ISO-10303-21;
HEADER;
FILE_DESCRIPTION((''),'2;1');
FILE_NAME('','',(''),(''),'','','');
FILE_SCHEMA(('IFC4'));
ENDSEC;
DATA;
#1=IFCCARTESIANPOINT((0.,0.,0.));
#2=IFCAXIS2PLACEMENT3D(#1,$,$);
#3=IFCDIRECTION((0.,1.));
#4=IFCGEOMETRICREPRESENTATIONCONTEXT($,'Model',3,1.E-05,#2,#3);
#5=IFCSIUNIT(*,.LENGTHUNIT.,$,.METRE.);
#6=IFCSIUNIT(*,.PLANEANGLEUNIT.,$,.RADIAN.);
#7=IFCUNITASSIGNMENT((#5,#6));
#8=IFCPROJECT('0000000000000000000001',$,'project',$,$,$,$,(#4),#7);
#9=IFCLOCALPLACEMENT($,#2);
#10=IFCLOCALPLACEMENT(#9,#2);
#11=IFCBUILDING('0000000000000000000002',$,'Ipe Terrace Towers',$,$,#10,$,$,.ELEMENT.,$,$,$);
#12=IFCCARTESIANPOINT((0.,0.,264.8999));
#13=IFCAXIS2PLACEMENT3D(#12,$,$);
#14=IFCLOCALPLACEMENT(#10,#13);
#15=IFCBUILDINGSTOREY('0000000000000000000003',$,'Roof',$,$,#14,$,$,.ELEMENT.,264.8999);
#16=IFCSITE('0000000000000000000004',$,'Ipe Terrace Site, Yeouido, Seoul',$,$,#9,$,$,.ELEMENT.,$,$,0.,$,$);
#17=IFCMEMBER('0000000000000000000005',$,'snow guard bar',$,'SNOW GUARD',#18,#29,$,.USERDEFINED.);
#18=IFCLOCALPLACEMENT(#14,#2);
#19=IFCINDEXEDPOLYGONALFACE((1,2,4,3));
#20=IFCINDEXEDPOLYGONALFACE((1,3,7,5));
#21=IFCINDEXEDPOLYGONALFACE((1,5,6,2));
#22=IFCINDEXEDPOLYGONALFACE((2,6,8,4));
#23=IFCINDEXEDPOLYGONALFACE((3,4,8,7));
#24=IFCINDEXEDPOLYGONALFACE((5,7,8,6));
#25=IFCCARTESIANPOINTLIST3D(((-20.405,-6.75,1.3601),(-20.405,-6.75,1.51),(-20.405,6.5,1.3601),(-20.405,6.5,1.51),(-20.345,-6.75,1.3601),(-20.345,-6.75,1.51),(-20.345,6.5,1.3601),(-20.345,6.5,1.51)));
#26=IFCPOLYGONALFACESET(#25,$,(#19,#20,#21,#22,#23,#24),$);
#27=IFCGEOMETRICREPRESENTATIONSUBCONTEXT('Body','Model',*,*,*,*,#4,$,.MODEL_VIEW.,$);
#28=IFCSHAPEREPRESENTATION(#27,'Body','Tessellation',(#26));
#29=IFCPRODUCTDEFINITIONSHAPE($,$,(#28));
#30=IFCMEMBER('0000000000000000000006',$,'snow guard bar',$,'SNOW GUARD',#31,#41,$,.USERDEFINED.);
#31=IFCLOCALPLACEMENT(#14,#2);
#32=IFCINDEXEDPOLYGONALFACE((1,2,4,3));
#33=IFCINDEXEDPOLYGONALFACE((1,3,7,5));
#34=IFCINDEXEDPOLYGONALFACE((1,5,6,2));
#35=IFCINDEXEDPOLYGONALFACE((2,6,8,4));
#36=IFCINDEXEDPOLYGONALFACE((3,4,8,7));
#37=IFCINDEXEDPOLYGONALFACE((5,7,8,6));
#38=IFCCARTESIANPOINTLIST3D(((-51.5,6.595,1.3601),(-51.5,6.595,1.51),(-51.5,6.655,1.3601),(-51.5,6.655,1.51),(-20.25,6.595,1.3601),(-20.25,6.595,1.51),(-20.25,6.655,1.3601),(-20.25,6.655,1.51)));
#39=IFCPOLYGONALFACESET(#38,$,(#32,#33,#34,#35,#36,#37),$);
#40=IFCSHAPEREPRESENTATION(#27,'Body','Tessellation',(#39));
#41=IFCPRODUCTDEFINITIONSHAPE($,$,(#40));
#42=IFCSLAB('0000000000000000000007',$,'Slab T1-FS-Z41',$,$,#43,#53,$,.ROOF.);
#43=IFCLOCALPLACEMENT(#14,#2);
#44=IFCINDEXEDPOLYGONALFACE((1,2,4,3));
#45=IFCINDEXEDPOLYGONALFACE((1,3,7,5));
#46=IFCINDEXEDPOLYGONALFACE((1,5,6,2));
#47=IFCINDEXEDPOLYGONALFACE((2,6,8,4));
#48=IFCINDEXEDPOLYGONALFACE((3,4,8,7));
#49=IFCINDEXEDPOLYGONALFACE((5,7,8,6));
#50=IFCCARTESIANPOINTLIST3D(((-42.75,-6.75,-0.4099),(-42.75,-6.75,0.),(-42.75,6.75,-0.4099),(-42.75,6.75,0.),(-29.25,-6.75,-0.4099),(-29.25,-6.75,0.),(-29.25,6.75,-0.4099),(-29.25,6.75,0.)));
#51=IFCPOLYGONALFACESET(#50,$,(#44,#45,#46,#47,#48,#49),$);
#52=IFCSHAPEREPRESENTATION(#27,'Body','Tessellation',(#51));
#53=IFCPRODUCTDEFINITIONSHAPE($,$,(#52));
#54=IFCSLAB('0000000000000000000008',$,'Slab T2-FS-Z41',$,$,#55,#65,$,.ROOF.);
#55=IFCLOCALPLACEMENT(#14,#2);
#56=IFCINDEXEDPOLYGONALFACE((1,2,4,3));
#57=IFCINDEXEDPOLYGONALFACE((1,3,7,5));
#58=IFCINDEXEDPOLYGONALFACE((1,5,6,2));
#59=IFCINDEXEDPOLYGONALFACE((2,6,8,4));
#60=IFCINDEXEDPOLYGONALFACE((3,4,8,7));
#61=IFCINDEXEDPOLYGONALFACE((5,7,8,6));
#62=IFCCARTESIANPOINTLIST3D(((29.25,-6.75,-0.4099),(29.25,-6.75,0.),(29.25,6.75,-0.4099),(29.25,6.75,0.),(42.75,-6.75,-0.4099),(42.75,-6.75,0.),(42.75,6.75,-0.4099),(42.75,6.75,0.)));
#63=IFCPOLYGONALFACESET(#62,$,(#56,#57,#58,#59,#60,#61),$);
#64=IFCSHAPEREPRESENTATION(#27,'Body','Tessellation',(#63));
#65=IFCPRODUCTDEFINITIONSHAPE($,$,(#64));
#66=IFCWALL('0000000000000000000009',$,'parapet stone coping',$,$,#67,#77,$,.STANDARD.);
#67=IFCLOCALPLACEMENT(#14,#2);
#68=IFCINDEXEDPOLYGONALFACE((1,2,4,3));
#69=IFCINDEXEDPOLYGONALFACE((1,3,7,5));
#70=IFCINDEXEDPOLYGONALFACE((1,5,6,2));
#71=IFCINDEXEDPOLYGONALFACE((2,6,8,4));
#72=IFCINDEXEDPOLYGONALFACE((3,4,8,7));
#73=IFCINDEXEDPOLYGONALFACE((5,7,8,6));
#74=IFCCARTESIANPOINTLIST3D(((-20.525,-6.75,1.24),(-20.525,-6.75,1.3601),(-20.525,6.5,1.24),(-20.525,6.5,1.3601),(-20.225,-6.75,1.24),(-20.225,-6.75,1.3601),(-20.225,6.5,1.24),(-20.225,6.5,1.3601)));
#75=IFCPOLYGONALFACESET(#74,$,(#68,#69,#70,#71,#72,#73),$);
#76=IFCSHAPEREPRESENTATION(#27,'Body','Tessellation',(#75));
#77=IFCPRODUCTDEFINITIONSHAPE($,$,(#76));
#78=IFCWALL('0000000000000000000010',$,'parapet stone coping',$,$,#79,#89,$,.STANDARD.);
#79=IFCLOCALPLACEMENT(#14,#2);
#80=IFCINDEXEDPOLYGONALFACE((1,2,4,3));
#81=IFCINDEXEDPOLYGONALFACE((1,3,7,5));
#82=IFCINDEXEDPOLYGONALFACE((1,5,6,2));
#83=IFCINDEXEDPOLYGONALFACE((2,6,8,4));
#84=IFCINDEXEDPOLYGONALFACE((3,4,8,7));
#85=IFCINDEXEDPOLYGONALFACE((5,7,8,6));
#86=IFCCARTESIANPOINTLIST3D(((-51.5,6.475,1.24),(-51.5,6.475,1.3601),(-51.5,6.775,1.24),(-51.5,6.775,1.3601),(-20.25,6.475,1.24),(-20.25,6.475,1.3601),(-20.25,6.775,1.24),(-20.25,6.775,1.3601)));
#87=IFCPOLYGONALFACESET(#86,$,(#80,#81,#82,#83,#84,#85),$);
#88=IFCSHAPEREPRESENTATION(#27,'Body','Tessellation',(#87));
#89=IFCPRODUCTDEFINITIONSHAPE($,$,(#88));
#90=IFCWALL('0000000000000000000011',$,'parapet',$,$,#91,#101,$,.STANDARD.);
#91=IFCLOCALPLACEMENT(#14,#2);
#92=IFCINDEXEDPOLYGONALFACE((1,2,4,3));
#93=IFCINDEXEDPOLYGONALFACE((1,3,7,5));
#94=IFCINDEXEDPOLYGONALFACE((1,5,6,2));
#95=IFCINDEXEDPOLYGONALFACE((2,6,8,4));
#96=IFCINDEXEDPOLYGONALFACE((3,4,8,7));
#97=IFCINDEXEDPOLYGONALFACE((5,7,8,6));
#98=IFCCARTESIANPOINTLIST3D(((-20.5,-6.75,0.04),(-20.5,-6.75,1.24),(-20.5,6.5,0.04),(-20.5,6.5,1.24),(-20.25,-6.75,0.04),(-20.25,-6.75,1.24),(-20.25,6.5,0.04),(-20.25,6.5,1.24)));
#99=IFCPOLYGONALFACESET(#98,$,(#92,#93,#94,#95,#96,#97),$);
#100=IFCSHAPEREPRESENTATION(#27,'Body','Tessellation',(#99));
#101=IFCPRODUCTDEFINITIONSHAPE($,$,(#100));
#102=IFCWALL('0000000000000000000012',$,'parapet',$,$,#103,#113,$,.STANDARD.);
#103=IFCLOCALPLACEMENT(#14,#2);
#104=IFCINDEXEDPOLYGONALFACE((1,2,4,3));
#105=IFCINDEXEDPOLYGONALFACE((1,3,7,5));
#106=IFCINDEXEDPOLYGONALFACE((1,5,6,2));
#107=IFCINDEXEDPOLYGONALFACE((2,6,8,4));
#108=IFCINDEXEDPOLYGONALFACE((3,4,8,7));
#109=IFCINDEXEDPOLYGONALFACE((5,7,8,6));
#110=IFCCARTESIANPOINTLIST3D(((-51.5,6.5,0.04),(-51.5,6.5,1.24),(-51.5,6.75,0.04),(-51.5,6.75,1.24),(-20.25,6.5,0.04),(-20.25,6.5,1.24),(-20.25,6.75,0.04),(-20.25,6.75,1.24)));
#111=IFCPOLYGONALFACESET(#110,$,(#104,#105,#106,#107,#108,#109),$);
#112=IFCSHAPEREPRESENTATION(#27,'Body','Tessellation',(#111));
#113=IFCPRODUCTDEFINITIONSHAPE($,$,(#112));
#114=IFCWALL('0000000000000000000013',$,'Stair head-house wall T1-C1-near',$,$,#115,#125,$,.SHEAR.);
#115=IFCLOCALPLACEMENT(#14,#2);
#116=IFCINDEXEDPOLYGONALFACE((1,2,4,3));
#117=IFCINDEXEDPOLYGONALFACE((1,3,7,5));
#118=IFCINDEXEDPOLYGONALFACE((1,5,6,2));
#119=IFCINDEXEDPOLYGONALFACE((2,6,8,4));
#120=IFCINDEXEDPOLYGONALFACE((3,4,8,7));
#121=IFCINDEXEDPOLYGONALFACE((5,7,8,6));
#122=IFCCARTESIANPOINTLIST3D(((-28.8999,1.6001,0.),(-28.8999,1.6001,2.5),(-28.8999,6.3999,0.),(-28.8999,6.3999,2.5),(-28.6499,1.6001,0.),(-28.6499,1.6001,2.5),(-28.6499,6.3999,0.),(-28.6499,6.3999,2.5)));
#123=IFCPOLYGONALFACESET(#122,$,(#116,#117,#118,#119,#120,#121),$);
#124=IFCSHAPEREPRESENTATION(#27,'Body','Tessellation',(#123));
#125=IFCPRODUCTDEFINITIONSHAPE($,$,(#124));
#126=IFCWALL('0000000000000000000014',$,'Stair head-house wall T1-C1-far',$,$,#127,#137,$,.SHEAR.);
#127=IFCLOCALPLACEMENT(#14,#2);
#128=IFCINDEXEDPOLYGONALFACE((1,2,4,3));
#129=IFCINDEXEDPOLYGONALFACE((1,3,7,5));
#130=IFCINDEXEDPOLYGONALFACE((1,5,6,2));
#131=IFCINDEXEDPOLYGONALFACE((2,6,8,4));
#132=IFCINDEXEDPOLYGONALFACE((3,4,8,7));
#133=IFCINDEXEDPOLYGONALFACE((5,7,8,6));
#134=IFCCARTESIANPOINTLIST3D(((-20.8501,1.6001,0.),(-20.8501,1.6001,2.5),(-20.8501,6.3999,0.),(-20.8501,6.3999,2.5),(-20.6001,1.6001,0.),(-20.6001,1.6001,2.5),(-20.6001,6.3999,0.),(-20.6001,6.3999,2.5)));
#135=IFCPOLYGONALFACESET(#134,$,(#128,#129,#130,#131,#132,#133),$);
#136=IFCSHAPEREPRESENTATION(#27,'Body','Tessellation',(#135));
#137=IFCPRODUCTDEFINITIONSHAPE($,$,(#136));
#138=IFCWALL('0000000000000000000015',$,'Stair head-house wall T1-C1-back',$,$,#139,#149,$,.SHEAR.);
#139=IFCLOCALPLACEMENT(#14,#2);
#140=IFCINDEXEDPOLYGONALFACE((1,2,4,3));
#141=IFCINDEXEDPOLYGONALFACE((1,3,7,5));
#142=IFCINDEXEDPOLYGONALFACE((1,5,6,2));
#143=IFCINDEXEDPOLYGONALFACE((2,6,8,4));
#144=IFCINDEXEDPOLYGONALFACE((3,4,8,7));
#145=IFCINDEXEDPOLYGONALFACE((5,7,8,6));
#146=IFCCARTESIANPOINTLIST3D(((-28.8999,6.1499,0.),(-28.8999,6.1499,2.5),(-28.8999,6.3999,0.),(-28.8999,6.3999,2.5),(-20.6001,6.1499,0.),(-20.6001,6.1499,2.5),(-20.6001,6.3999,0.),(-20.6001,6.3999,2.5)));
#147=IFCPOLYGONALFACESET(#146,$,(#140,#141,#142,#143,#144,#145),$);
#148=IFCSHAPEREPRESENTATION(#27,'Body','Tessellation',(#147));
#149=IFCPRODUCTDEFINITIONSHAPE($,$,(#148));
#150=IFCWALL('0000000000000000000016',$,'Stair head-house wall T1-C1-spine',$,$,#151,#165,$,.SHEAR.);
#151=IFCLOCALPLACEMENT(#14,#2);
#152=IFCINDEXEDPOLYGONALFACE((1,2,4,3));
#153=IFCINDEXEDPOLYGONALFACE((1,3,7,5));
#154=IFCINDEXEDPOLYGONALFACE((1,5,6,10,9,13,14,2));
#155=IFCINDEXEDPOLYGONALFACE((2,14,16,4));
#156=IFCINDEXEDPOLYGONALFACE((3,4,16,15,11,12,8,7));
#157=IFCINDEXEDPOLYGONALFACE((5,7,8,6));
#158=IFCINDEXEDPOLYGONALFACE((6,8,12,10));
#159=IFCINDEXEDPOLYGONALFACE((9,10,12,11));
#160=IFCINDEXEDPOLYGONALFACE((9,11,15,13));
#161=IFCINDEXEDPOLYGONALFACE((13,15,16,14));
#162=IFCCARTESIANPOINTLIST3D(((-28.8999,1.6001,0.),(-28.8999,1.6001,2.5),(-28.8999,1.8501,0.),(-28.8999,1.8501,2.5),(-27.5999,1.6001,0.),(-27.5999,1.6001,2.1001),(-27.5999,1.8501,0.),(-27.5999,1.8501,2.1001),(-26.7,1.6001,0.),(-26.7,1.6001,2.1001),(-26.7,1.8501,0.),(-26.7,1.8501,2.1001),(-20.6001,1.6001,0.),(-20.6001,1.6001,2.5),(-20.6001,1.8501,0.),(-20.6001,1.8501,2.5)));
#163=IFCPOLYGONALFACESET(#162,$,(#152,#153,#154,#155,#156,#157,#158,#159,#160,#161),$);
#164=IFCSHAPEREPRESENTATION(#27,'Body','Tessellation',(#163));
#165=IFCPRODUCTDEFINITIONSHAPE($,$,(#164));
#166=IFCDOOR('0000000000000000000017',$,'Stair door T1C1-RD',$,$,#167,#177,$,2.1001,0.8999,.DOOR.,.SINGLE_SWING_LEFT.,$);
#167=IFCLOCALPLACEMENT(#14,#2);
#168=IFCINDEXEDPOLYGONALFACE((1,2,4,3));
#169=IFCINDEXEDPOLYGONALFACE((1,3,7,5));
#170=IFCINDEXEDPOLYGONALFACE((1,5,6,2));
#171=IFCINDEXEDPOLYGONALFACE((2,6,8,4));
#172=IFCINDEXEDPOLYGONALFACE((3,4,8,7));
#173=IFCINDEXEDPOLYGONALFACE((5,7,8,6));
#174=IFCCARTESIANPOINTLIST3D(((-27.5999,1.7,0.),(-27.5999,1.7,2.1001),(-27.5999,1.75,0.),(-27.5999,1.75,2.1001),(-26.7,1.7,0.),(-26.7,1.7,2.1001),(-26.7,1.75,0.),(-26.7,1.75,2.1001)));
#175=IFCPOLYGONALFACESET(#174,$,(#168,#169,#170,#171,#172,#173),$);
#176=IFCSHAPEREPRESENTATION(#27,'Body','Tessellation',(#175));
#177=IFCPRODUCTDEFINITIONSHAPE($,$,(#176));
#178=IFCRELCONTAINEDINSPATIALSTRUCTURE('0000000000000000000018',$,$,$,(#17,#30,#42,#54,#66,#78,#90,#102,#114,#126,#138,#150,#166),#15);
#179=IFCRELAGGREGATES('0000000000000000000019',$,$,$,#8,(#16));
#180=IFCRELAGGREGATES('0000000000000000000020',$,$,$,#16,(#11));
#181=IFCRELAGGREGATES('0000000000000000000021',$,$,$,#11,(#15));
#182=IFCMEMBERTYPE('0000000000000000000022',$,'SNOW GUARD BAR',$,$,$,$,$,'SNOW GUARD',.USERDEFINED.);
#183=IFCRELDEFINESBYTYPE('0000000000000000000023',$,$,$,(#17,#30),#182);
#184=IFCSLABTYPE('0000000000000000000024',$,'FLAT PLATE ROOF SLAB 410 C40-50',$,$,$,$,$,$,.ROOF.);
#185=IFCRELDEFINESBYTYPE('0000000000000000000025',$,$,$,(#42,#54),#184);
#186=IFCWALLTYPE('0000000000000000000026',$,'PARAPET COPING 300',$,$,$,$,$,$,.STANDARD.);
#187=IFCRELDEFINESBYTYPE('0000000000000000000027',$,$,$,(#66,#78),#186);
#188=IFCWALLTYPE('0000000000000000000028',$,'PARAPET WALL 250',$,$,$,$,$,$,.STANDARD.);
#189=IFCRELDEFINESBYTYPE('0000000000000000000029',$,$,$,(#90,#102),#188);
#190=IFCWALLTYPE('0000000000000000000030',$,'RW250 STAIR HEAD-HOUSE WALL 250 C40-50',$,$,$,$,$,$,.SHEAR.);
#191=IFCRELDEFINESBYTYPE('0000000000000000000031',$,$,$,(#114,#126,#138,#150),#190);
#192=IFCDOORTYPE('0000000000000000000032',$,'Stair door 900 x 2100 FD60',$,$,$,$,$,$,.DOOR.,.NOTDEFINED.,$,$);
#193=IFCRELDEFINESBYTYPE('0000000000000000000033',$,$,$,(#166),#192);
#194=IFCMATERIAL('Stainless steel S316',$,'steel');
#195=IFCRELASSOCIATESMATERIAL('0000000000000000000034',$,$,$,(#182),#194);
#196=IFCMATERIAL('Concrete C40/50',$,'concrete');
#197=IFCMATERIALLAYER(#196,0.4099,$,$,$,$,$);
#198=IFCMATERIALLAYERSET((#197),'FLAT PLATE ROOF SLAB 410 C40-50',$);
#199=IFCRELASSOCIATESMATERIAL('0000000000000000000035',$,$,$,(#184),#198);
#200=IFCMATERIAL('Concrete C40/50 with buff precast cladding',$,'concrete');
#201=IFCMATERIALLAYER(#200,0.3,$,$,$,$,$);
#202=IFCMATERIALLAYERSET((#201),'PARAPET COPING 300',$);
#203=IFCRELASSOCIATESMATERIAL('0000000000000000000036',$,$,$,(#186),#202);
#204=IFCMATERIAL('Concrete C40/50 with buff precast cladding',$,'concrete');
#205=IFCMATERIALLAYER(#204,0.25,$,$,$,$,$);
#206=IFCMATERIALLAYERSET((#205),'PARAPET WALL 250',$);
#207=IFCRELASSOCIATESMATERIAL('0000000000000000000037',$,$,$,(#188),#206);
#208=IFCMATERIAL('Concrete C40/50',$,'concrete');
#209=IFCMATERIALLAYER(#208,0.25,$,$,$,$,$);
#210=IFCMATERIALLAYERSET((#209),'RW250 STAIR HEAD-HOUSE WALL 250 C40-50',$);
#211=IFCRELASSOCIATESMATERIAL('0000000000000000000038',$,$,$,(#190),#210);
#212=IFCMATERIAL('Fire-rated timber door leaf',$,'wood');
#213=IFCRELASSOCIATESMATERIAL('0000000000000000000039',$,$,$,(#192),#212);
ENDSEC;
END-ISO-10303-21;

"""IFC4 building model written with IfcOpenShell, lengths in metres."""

from ifc_helpers import new_model, si_unit, direction, frame, frame_2d, origin, origin_2d, place, context, subcontext, project, spatial, polyline, rectangle, outline, extrude, material, layer, layer_set, material_profile, profile_set, type_object, element, fill, save


model = new_model("IFC4")

# Units and contexts
model_context = context("Model", 3, precision=1e-05, world=origin(), true_north=direction((0.0, 1.0)))
body_context = subcontext(model_context, "Body", "Model", "MODEL_VIEW")
ifc_project = project(units=[si_unit("LENGTHUNIT", "METRE"), si_unit("PLANEANGLEUNIT", "RADIAN")], contexts=[model_context])

# Site, building, storey
site_placement = place(None, origin())
site = spatial("IfcSite", under=ifc_project, at=site_placement, Name="Ipe Terrace Site, Yeouido, Seoul", CompositionType="ELEMENT", RefElevation=0.0)
building_placement = place(site_placement, origin())
building = spatial("IfcBuilding", under=site, at=building_placement, Name="Ipe Terrace Towers", CompositionType="ELEMENT")
storey_placement = place(building_placement, frame((0.0, 0.0, 264.8999)))
storey = spatial("IfcBuildingStorey", under=building, at=storey_placement, Name="Roof", CompositionType="ELEMENT", Elevation=264.8999)

# Members
ifc_material_1 = material(Name="Stainless steel S316", Category="steel")
ifc_material_profile = material_profile(ifc_material_1, rectangle(XDim=0.0601, YDim=0.1499, at=origin_2d()), Name="SNOW GUARD BAR")
ifc_profile_set = profile_set([ifc_material_profile], Name="Stainless steel S316")
member_type = type_object("IfcMemberType", Name="SNOW GUARD BAR", ElementType="SNOW GUARD", PredefinedType="USERDEFINED", material=ifc_profile_set)
member_1_placement = place(storey_placement, frame((-20.375, -6.75, 1.4351), z_axis=(0.0, 1.0, 0.0), x_axis=(-1.0, 0.0, 0.0)))
element("IfcMember", 1, at=member_1_placement, inside=storey, type_object=member_type, Name="snow guard bar", ObjectType="SNOW GUARD", PredefinedType="USERDEFINED", context=body_context, shape_type="SweptSolid", body=[
    extrude(rectangle(XDim=0.0601, YDim=0.1499, at=origin_2d()), origin(), (0.0, 0.0, 1.0), 13.25),
])
member_2_placement = place(storey_placement, frame((-20.25, 6.625, 1.4351), z_axis=(-1.0, 0.0, 0.0), x_axis=(0.0, -1.0, 0.0)))
element("IfcMember", 2, at=member_2_placement, inside=storey, type_object=member_type, Name="snow guard bar", ObjectType="SNOW GUARD", PredefinedType="USERDEFINED", context=body_context, shape_type="SweptSolid", body=[
    extrude(rectangle(XDim=0.0601, YDim=0.1499, at=origin_2d()), origin(), (0.0, 0.0, 1.0), 31.25),
])

# Slabs
ifc_material_2 = material(Name="Concrete C40/50", Category="concrete")
ifc_layer_1 = layer(ifc_material_2, 0.4099)
ifc_layer_set_1 = layer_set([ifc_layer_1], Name="FLAT PLATE ROOF SLAB 410 C40-50")
slab_type = type_object("IfcSlabType", Name="FLAT PLATE ROOF SLAB 410 C40-50", PredefinedType="ROOF", material=ifc_layer_set_1)
slab_1_placement = place(storey_placement, frame((0.0, 0.0, -0.4099)))
element("IfcSlab", 3, at=slab_1_placement, inside=storey, type_object=slab_type, Name="Slab T1-FS-Z41", PredefinedType="ROOF", context=body_context, shape_type="SweptSolid", body=[
    extrude(outline(polyline([(-29.25, 6.75), (-29.25, -6.75), (-42.75, -6.75), (-42.75, 6.75), (-29.25, 6.75)])), origin(), (0.0, 0.0, 1.0), 0.4099),
])
slab_2_placement = place(storey_placement, frame((0.0, 0.0, -0.4099)))
element("IfcSlab", 4, at=slab_2_placement, inside=storey, type_object=slab_type, Name="Slab T2-FS-Z41", PredefinedType="ROOF", context=body_context, shape_type="SweptSolid", body=[
    extrude(outline(polyline([(29.25, 6.75), (42.75, 6.75), (42.75, -6.75), (29.25, -6.75), (29.25, 6.75)])), origin(), (0.0, 0.0, 1.0), 0.4099),
])

# Walls
ifc_material_3 = material(Name="Concrete C40/50 with buff precast cladding", Category="concrete")
ifc_layer_2 = layer(ifc_material_3, 0.3)
ifc_layer_set_2 = layer_set([ifc_layer_2], Name="PARAPET COPING 300")
wall_type_1 = type_object("IfcWallType", Name="PARAPET COPING 300", PredefinedType="STANDARD", material=ifc_layer_set_2)
wall_1_placement = place(storey_placement, frame((-20.375, -6.75, 1.24), z_axis=(0.0, 0.0, 1.0), x_axis=(0.0, 1.0, 0.0)))
element("IfcWall", 5, at=wall_1_placement, inside=storey, type_object=wall_type_1, Name="parapet stone coping", PredefinedType="STANDARD", context=body_context, shape_type="SweptSolid", body=[
    extrude(rectangle(XDim=13.25, YDim=0.3, at=frame_2d((6.625, 0.0))), origin(), (0.0, 0.0, 1.0), 0.1201),
])
wall_2_placement = place(storey_placement, frame((-20.25, 6.625, 1.24), z_axis=(0.0, 0.0, 1.0), x_axis=(-1.0, 0.0, 0.0)))
element("IfcWall", 6, at=wall_2_placement, inside=storey, type_object=wall_type_1, Name="parapet stone coping", PredefinedType="STANDARD", context=body_context, shape_type="SweptSolid", body=[
    extrude(rectangle(XDim=31.25, YDim=0.3, at=frame_2d((15.625, 0.0))), origin(), (0.0, 0.0, 1.0), 0.1201),
])
ifc_material_4 = material(Name="Concrete C40/50 with buff precast cladding", Category="concrete")
ifc_layer_3 = layer(ifc_material_4, 0.25)
ifc_layer_set_3 = layer_set([ifc_layer_3], Name="PARAPET WALL 250")
wall_type_2 = type_object("IfcWallType", Name="PARAPET WALL 250", PredefinedType="STANDARD", material=ifc_layer_set_3)
wall_3_placement = place(storey_placement, frame((-20.375, -6.75, 0.04), z_axis=(0.0, 0.0, 1.0), x_axis=(0.0, 1.0, 0.0)))
element("IfcWall", 7, at=wall_3_placement, inside=storey, type_object=wall_type_2, Name="parapet", PredefinedType="STANDARD", context=body_context, shape_type="SweptSolid", body=[
    extrude(rectangle(XDim=13.25, YDim=0.25, at=frame_2d((6.625, 0.0))), origin(), (0.0, 0.0, 1.0), 1.2),
])
wall_4_placement = place(storey_placement, frame((-20.25, 6.625, 0.04), z_axis=(0.0, 0.0, 1.0), x_axis=(-1.0, 0.0, 0.0)))
element("IfcWall", 8, at=wall_4_placement, inside=storey, type_object=wall_type_2, Name="parapet", PredefinedType="STANDARD", context=body_context, shape_type="SweptSolid", body=[
    extrude(rectangle(XDim=31.25, YDim=0.25, at=frame_2d((15.625, 0.0))), origin(), (0.0, 0.0, 1.0), 1.2),
])
ifc_material_5 = material(Name="Concrete C40/50", Category="concrete")
ifc_layer_4 = layer(ifc_material_5, 0.25)
ifc_layer_set_4 = layer_set([ifc_layer_4], Name="RW250 STAIR HEAD-HOUSE WALL 250 C40-50")
wall_type_3 = type_object("IfcWallType", Name="RW250 STAIR HEAD-HOUSE WALL 250 C40-50", PredefinedType="SHEAR", material=ifc_layer_set_4)
for number, where, z_axis, x_axis, name in (
    (9, (-28.7749, 1.6001, 0.0), (0.0, 0.0, 1.0), (0.0, 1.0, 0.0), "Stair head-house wall T1-C1-near"),
    (10, (-20.7251, 1.6001, 0.0), (0.0, 0.0, 1.0), (0.0, 1.0, 0.0), "Stair head-house wall T1-C1-far"),
):
    element("IfcWall", number, at=place(storey_placement, frame(where, z_axis=z_axis, x_axis=x_axis)), inside=storey, type_object=wall_type_3, Name=name, PredefinedType="SHEAR", context=body_context, shape_type="SweptSolid", body=[
        extrude(rectangle(XDim=4.7998, YDim=0.25, at=frame_2d((2.3999, 0.0))), origin(), (0.0, 0.0, 1.0), 2.5),
    ])
wall_5_placement = place(storey_placement, frame((-28.8999, 6.2749, 0.0), z_axis=(0.0, 0.0, 1.0), x_axis=(1.0, 0.0, 0.0)))
element("IfcWall", 11, at=wall_5_placement, inside=storey, type_object=wall_type_3, Name="Stair head-house wall T1-C1-back", PredefinedType="SHEAR", context=body_context, shape_type="SweptSolid", body=[
    extrude(rectangle(XDim=8.2998, YDim=0.25, at=frame_2d((4.1499, 0.0))), origin(), (0.0, 0.0, 1.0), 2.5),
])

# Wall, opening, door
wall_6_placement = place(storey_placement, frame((-28.8999, 1.7251, 0.0), z_axis=(0.0, 0.0, 1.0), x_axis=(1.0, 0.0, 0.0)))
wall_6 = element("IfcWall", 12, at=wall_6_placement, inside=storey, type_object=wall_type_3, Name="Stair head-house wall T1-C1-spine", PredefinedType="SHEAR", context=body_context, shape_type="SweptSolid", body=[
    extrude(rectangle(XDim=8.2998, YDim=0.25, at=frame_2d((4.1499, 0.0))), origin(), (0.0, 0.0, 1.0), 2.5),
])
opening_placement = place(wall_6_placement, frame((1.3, 0.0, 0.0)))
opening = element("IfcOpeningElement", 13, at=opening_placement, cuts=wall_6, PredefinedType="OPENING", context=body_context, shape_type="SweptSolid", body=[
    extrude(rectangle(XDim=0.8999, YDim=2.1001, at=frame_2d((0.45, 1.05))), frame((0.0, 0.135, 0.0), z_axis=(0.0, -1.0, 0.0), x_axis=(1.0, 0.0, 0.0)), (0.0, 0.0, 1.0), 0.27),
])
ifc_material_6 = material(Name="Fire-rated timber door leaf", Category="wood")
door_type = type_object("IfcDoorType", Name="Stair door 900 x 2100 FD60", OperationType="NOTDEFINED", PredefinedType="DOOR", material=ifc_material_6)
door_placement = place(opening_placement, origin())
door = element("IfcDoor", 14, at=door_placement, inside=storey, type_object=door_type, Name="Stair door T1C1-RD", OperationType="SINGLE_SWING_LEFT", OverallHeight=2.1001, OverallWidth=0.8999, PredefinedType="DOOR", context=body_context, shape_type="SweptSolid", body=[
    extrude(rectangle(XDim=0.8999, YDim=2.1001, at=frame_2d((0.45, 1.05))), frame((0.0, 0.0249, 0.0), z_axis=(0.0, -1.0, 0.0), x_axis=(1.0, 0.0, 0.0)), (0.0, 0.0, 1.0), 0.05),
])
fill(opening, door)

save(model, "model.ifc")
